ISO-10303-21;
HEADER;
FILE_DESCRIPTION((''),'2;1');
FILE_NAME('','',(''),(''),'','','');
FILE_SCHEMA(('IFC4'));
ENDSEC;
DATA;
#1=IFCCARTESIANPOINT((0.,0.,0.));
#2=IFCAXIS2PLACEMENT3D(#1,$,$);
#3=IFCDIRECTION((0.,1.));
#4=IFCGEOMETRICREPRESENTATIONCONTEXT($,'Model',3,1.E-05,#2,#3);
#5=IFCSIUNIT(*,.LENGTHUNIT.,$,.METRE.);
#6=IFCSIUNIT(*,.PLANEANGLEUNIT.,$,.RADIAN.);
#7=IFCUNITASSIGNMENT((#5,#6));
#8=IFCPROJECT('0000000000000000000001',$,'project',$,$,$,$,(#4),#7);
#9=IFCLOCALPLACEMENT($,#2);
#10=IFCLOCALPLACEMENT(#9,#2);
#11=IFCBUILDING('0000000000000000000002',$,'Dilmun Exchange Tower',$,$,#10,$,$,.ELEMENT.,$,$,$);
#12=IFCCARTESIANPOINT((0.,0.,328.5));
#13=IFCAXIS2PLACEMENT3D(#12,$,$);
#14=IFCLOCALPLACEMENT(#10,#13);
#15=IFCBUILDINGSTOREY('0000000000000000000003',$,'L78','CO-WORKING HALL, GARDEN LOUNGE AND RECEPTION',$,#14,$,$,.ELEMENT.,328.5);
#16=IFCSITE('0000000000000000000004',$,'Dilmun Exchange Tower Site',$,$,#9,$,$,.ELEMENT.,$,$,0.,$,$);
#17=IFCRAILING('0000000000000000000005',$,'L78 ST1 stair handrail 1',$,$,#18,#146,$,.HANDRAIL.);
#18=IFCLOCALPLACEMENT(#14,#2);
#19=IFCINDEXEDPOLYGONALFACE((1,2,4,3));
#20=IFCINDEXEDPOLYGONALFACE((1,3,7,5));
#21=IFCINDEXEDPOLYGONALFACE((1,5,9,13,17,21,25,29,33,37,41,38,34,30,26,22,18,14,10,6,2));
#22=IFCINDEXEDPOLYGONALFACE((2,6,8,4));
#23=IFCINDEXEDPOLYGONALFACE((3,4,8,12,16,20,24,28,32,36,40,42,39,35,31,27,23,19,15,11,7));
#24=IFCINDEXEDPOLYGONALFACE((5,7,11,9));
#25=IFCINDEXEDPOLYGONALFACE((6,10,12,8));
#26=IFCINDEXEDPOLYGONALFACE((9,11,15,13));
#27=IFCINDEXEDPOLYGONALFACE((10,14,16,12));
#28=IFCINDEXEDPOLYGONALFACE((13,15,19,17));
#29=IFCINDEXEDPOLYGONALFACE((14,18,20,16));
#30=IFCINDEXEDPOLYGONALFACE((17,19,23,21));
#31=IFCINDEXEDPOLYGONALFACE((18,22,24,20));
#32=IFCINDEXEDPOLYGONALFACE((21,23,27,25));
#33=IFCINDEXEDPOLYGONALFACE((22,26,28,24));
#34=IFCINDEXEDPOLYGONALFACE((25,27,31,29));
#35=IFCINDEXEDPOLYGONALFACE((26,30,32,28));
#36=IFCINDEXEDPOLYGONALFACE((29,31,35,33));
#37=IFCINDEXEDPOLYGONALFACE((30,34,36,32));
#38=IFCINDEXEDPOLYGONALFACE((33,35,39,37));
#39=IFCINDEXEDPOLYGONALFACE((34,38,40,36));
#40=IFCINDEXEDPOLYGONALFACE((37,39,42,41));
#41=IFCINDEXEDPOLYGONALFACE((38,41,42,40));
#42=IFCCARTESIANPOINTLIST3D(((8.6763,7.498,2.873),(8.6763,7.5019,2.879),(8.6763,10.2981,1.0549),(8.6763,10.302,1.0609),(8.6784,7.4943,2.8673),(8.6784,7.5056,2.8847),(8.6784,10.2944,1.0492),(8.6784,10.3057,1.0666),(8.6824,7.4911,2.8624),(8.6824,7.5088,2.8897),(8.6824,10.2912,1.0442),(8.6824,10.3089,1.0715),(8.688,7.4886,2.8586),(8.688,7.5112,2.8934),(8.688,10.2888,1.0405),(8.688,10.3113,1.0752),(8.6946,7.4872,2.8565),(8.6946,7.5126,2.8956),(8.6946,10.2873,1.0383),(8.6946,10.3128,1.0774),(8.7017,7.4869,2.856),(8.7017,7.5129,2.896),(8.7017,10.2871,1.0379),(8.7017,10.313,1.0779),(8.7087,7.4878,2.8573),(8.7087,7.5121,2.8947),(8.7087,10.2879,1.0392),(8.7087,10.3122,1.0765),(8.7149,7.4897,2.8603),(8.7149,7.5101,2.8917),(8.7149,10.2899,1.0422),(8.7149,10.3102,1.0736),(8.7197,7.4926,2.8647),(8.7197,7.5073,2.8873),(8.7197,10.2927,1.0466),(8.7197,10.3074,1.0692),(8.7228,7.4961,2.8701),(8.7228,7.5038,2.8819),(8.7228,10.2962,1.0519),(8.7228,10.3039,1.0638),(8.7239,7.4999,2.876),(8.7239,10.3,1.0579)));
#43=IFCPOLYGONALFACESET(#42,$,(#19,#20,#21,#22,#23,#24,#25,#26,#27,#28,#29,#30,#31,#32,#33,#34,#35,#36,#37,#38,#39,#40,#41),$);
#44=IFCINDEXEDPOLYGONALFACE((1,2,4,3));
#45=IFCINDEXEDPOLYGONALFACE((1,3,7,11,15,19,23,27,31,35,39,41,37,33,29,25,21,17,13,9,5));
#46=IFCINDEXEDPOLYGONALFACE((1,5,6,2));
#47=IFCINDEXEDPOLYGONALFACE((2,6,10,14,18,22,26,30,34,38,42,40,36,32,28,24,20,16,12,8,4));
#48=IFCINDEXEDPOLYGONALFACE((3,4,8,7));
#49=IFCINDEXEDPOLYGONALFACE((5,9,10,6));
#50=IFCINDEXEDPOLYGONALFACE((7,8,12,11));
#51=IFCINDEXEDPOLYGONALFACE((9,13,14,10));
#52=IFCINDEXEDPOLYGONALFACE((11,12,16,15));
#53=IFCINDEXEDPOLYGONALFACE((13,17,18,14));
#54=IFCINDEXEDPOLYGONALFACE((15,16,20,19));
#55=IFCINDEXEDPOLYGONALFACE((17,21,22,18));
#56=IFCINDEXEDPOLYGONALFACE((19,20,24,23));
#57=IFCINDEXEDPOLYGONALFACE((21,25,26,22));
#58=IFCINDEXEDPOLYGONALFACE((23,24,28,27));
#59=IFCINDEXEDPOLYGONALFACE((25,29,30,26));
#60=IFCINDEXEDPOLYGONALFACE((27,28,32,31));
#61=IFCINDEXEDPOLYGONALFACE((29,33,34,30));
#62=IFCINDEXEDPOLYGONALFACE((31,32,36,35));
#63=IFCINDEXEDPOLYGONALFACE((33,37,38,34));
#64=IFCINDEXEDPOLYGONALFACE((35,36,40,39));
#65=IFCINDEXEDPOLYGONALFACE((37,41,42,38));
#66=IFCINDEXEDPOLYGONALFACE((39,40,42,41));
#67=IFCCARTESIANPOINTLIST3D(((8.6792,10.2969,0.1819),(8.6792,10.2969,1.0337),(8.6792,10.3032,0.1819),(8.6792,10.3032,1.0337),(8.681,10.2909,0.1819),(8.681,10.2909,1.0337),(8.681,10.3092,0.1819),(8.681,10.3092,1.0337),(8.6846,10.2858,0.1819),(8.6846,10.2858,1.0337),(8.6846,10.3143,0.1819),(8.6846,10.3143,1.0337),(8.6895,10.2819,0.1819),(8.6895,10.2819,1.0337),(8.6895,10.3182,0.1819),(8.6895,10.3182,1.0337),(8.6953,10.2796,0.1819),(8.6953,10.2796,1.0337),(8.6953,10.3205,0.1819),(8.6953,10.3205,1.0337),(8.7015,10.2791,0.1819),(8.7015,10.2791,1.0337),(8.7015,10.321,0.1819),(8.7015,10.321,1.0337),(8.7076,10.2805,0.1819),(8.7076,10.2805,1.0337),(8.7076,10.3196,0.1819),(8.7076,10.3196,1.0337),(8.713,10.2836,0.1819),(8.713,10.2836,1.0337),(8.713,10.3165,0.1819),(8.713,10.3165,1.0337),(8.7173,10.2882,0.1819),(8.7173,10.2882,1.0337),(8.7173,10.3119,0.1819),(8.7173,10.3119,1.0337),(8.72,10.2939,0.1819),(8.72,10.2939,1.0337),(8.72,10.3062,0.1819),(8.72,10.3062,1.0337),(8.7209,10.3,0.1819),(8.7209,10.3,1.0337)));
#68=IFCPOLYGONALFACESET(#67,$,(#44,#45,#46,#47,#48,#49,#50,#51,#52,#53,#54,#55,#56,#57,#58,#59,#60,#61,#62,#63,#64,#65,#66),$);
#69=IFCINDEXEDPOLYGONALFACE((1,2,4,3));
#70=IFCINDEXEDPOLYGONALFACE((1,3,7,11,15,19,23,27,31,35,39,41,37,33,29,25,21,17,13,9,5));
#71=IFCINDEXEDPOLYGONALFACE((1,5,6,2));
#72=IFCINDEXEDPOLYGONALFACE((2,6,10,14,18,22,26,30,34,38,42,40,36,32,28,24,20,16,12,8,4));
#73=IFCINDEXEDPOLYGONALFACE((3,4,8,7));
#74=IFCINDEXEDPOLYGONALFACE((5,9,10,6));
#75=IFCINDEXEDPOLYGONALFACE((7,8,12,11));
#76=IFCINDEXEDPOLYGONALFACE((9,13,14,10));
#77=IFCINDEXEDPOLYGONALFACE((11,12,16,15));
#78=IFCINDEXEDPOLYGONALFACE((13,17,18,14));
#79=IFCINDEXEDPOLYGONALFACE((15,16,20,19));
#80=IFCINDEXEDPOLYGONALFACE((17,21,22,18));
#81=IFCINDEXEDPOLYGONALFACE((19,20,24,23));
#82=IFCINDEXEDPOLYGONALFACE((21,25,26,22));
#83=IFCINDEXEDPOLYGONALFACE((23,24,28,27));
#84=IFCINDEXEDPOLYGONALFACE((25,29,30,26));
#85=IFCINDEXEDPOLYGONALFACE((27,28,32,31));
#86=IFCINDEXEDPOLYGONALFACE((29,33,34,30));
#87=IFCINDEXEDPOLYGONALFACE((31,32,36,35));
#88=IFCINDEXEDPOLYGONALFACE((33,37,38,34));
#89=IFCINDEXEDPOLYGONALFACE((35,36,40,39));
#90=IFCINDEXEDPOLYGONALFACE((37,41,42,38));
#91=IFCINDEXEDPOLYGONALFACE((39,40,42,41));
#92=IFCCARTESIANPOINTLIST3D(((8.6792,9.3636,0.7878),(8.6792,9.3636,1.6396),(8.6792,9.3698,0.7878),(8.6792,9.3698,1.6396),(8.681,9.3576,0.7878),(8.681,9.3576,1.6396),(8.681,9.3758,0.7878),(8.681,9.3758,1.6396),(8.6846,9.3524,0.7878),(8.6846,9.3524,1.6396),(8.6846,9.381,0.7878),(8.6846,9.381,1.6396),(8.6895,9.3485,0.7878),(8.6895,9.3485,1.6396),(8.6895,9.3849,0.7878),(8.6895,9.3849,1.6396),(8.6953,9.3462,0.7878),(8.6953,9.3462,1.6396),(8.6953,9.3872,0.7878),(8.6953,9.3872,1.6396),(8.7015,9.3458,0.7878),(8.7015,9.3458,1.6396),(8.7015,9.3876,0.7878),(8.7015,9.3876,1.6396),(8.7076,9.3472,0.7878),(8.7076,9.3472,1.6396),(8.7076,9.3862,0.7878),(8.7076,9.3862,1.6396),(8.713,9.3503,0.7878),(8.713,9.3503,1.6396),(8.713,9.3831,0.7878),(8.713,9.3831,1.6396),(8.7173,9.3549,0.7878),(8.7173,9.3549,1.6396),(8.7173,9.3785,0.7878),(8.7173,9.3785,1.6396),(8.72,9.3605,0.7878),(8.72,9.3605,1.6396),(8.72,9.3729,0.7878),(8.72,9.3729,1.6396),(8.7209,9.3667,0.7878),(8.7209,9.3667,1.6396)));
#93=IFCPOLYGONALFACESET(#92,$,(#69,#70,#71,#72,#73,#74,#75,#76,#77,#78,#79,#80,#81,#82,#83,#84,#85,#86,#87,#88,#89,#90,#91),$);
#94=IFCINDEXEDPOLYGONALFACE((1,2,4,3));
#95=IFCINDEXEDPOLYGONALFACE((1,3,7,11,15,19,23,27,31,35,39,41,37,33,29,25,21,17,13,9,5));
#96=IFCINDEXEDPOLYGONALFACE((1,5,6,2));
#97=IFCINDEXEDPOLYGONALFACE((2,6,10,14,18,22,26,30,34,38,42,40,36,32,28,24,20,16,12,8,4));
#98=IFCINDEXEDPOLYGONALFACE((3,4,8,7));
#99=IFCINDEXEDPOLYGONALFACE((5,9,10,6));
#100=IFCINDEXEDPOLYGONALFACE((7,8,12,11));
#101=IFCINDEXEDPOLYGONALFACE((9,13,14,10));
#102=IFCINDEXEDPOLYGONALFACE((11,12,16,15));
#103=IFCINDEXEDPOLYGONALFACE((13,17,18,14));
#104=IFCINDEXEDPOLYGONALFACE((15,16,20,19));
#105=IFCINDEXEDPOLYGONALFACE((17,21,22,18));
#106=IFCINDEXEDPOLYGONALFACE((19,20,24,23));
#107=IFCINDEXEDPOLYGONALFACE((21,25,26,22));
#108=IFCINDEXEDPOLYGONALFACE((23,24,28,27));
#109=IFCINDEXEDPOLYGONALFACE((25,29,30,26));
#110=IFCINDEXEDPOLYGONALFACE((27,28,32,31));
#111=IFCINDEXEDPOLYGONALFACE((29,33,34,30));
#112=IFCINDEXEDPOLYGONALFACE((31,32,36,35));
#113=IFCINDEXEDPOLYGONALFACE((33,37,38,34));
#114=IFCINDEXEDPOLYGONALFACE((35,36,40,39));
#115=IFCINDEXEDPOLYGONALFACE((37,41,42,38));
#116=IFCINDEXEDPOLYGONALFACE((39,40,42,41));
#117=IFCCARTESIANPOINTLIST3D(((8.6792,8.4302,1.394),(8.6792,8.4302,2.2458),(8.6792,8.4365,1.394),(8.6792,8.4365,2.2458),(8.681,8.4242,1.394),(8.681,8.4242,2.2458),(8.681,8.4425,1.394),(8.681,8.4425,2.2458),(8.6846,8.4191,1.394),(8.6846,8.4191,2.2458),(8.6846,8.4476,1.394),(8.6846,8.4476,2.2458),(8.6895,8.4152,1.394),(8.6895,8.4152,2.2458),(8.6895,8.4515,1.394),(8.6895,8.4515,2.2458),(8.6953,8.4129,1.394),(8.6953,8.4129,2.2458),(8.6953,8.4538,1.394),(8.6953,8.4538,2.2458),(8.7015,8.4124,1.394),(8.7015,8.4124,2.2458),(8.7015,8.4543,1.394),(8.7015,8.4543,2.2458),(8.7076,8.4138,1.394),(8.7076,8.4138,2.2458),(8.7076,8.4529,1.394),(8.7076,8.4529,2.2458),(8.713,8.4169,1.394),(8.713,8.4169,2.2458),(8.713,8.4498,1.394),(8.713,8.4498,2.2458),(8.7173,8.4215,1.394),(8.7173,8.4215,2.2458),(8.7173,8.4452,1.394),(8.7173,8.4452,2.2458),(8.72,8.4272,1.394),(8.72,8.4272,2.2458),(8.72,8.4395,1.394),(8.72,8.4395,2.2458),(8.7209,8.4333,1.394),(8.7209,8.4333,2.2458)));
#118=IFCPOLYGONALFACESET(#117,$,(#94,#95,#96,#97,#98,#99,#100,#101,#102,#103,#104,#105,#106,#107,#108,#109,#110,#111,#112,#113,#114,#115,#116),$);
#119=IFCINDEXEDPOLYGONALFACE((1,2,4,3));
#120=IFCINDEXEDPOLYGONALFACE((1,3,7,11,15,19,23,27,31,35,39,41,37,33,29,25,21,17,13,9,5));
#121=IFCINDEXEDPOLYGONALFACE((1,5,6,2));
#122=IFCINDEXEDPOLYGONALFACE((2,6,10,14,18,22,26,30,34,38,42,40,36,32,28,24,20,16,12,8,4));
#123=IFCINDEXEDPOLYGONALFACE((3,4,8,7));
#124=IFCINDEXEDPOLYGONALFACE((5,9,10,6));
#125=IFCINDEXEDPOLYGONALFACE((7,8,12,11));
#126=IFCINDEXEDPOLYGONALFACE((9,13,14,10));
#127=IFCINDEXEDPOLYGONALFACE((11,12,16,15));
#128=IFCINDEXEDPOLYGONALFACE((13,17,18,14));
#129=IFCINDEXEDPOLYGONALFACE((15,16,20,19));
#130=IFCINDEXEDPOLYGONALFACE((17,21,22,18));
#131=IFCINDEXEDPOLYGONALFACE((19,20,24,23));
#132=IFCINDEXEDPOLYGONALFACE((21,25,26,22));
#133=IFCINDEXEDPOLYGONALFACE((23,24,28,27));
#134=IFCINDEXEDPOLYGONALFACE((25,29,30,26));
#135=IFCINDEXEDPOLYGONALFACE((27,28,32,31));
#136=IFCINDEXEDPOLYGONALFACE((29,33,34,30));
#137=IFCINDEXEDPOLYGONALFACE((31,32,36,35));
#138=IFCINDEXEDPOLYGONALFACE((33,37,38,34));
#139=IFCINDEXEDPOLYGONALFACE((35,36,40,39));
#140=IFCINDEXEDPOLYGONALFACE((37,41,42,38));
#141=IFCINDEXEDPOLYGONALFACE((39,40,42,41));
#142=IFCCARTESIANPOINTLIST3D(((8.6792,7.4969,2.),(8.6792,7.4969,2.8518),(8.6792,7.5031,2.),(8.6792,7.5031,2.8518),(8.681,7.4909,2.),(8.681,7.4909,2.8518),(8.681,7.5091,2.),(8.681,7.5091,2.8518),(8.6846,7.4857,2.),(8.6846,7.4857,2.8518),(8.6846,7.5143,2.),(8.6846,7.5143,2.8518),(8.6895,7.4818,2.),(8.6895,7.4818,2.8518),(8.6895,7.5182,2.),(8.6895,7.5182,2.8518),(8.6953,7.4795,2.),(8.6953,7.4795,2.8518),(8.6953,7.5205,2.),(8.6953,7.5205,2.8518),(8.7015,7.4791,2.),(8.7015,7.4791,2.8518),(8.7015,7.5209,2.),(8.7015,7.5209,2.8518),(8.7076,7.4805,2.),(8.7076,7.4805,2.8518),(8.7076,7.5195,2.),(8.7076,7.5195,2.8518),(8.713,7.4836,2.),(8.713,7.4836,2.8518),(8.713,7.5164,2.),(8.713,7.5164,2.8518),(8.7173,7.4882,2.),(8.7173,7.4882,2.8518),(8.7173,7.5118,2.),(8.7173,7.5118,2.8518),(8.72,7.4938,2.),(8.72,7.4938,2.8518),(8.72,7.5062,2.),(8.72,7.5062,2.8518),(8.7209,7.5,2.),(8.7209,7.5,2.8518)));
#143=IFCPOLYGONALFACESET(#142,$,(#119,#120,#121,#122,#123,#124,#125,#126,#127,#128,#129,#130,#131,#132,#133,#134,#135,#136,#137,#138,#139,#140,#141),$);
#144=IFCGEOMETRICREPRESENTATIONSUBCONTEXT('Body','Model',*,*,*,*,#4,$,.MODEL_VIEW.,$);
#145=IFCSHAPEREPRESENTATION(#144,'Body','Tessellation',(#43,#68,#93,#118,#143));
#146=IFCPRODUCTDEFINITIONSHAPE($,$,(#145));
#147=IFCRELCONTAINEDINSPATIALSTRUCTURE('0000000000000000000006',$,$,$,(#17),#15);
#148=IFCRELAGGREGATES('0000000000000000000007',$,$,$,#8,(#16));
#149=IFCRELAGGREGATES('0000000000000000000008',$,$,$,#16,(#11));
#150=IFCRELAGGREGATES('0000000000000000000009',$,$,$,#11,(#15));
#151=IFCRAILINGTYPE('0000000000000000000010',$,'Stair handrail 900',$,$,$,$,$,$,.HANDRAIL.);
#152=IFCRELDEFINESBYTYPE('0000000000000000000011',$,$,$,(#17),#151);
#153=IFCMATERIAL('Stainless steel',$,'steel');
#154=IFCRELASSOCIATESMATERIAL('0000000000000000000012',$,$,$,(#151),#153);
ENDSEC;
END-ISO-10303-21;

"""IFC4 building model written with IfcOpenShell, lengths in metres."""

from ifc_helpers import new_model, si_unit, direction, frame, origin, origin_2d, place, context, subcontext, project, spatial, circle, extrude, material, type_object, element, save


model = new_model("IFC4")

# Units and contexts
model_context = context("Model", 3, precision=1e-05, world=origin(), true_north=direction((0.0, 1.0)))
body_context = subcontext(model_context, "Body", "Model", "MODEL_VIEW")
ifc_project = project(units=[si_unit("LENGTHUNIT", "METRE"), si_unit("PLANEANGLEUNIT", "RADIAN")], contexts=[model_context])

# Site, building, storey
site_placement = place(None, origin())
site = spatial("IfcSite", under=ifc_project, at=site_placement, Name="Dilmun Exchange Tower Site", CompositionType="ELEMENT", RefElevation=0.0)
building_placement = place(site_placement, origin())
building = spatial("IfcBuilding", under=site, at=building_placement, Name="Dilmun Exchange Tower", CompositionType="ELEMENT")
storey_placement = place(building_placement, frame((0.0, 0.0, 328.5)))
storey = spatial("IfcBuildingStorey", under=building, at=storey_placement, Name="L78", Description="CO-WORKING HALL, GARDEN LOUNGE AND RECEPTION", CompositionType="ELEMENT", Elevation=328.5)

# Railing
ifc_material_1 = material(Name="Stainless steel", Category="steel")
railing_type = type_object("IfcRailingType", Name="Stair handrail 900", PredefinedType="HANDRAIL", material=ifc_material_1)
railing_1_placement = place(storey_placement, frame((8.7, 10.3, 0.1819)))
element("IfcRailing", 1, at=railing_1_placement, inside=storey, type_object=railing_type, Name="L78 ST1 stair handrail 1", PredefinedType="HANDRAIL", context=body_context, shape_type="SweptSolid", body=[
    extrude(circle(Radius=0.0239, at=origin_2d()), frame((0.0, 0.0, 0.876), z_axis=(0.0, -0.838706, 0.544585), x_axis=(1.0, 0.0, 0.0)), (0.0, 0.0, 1.0), 3.3386),
    extrude(circle(Radius=0.021, at=origin_2d()), origin(), (0.0, 0.0, 1.0), 0.8518),
    extrude(circle(Radius=0.021, at=origin_2d()), frame((0.0, -0.9333, 0.606)), (0.0, 0.0, 1.0), 0.8518),
    extrude(circle(Radius=0.021, at=origin_2d()), frame((0.0, -1.8667, 1.2122)), (0.0, 0.0, 1.0), 0.8518),
    extrude(circle(Radius=0.021, at=origin_2d()), frame((0.0, -2.8, 1.8181)), (0.0, 0.0, 1.0), 0.8518),
])

save(model, "model.ifc")
